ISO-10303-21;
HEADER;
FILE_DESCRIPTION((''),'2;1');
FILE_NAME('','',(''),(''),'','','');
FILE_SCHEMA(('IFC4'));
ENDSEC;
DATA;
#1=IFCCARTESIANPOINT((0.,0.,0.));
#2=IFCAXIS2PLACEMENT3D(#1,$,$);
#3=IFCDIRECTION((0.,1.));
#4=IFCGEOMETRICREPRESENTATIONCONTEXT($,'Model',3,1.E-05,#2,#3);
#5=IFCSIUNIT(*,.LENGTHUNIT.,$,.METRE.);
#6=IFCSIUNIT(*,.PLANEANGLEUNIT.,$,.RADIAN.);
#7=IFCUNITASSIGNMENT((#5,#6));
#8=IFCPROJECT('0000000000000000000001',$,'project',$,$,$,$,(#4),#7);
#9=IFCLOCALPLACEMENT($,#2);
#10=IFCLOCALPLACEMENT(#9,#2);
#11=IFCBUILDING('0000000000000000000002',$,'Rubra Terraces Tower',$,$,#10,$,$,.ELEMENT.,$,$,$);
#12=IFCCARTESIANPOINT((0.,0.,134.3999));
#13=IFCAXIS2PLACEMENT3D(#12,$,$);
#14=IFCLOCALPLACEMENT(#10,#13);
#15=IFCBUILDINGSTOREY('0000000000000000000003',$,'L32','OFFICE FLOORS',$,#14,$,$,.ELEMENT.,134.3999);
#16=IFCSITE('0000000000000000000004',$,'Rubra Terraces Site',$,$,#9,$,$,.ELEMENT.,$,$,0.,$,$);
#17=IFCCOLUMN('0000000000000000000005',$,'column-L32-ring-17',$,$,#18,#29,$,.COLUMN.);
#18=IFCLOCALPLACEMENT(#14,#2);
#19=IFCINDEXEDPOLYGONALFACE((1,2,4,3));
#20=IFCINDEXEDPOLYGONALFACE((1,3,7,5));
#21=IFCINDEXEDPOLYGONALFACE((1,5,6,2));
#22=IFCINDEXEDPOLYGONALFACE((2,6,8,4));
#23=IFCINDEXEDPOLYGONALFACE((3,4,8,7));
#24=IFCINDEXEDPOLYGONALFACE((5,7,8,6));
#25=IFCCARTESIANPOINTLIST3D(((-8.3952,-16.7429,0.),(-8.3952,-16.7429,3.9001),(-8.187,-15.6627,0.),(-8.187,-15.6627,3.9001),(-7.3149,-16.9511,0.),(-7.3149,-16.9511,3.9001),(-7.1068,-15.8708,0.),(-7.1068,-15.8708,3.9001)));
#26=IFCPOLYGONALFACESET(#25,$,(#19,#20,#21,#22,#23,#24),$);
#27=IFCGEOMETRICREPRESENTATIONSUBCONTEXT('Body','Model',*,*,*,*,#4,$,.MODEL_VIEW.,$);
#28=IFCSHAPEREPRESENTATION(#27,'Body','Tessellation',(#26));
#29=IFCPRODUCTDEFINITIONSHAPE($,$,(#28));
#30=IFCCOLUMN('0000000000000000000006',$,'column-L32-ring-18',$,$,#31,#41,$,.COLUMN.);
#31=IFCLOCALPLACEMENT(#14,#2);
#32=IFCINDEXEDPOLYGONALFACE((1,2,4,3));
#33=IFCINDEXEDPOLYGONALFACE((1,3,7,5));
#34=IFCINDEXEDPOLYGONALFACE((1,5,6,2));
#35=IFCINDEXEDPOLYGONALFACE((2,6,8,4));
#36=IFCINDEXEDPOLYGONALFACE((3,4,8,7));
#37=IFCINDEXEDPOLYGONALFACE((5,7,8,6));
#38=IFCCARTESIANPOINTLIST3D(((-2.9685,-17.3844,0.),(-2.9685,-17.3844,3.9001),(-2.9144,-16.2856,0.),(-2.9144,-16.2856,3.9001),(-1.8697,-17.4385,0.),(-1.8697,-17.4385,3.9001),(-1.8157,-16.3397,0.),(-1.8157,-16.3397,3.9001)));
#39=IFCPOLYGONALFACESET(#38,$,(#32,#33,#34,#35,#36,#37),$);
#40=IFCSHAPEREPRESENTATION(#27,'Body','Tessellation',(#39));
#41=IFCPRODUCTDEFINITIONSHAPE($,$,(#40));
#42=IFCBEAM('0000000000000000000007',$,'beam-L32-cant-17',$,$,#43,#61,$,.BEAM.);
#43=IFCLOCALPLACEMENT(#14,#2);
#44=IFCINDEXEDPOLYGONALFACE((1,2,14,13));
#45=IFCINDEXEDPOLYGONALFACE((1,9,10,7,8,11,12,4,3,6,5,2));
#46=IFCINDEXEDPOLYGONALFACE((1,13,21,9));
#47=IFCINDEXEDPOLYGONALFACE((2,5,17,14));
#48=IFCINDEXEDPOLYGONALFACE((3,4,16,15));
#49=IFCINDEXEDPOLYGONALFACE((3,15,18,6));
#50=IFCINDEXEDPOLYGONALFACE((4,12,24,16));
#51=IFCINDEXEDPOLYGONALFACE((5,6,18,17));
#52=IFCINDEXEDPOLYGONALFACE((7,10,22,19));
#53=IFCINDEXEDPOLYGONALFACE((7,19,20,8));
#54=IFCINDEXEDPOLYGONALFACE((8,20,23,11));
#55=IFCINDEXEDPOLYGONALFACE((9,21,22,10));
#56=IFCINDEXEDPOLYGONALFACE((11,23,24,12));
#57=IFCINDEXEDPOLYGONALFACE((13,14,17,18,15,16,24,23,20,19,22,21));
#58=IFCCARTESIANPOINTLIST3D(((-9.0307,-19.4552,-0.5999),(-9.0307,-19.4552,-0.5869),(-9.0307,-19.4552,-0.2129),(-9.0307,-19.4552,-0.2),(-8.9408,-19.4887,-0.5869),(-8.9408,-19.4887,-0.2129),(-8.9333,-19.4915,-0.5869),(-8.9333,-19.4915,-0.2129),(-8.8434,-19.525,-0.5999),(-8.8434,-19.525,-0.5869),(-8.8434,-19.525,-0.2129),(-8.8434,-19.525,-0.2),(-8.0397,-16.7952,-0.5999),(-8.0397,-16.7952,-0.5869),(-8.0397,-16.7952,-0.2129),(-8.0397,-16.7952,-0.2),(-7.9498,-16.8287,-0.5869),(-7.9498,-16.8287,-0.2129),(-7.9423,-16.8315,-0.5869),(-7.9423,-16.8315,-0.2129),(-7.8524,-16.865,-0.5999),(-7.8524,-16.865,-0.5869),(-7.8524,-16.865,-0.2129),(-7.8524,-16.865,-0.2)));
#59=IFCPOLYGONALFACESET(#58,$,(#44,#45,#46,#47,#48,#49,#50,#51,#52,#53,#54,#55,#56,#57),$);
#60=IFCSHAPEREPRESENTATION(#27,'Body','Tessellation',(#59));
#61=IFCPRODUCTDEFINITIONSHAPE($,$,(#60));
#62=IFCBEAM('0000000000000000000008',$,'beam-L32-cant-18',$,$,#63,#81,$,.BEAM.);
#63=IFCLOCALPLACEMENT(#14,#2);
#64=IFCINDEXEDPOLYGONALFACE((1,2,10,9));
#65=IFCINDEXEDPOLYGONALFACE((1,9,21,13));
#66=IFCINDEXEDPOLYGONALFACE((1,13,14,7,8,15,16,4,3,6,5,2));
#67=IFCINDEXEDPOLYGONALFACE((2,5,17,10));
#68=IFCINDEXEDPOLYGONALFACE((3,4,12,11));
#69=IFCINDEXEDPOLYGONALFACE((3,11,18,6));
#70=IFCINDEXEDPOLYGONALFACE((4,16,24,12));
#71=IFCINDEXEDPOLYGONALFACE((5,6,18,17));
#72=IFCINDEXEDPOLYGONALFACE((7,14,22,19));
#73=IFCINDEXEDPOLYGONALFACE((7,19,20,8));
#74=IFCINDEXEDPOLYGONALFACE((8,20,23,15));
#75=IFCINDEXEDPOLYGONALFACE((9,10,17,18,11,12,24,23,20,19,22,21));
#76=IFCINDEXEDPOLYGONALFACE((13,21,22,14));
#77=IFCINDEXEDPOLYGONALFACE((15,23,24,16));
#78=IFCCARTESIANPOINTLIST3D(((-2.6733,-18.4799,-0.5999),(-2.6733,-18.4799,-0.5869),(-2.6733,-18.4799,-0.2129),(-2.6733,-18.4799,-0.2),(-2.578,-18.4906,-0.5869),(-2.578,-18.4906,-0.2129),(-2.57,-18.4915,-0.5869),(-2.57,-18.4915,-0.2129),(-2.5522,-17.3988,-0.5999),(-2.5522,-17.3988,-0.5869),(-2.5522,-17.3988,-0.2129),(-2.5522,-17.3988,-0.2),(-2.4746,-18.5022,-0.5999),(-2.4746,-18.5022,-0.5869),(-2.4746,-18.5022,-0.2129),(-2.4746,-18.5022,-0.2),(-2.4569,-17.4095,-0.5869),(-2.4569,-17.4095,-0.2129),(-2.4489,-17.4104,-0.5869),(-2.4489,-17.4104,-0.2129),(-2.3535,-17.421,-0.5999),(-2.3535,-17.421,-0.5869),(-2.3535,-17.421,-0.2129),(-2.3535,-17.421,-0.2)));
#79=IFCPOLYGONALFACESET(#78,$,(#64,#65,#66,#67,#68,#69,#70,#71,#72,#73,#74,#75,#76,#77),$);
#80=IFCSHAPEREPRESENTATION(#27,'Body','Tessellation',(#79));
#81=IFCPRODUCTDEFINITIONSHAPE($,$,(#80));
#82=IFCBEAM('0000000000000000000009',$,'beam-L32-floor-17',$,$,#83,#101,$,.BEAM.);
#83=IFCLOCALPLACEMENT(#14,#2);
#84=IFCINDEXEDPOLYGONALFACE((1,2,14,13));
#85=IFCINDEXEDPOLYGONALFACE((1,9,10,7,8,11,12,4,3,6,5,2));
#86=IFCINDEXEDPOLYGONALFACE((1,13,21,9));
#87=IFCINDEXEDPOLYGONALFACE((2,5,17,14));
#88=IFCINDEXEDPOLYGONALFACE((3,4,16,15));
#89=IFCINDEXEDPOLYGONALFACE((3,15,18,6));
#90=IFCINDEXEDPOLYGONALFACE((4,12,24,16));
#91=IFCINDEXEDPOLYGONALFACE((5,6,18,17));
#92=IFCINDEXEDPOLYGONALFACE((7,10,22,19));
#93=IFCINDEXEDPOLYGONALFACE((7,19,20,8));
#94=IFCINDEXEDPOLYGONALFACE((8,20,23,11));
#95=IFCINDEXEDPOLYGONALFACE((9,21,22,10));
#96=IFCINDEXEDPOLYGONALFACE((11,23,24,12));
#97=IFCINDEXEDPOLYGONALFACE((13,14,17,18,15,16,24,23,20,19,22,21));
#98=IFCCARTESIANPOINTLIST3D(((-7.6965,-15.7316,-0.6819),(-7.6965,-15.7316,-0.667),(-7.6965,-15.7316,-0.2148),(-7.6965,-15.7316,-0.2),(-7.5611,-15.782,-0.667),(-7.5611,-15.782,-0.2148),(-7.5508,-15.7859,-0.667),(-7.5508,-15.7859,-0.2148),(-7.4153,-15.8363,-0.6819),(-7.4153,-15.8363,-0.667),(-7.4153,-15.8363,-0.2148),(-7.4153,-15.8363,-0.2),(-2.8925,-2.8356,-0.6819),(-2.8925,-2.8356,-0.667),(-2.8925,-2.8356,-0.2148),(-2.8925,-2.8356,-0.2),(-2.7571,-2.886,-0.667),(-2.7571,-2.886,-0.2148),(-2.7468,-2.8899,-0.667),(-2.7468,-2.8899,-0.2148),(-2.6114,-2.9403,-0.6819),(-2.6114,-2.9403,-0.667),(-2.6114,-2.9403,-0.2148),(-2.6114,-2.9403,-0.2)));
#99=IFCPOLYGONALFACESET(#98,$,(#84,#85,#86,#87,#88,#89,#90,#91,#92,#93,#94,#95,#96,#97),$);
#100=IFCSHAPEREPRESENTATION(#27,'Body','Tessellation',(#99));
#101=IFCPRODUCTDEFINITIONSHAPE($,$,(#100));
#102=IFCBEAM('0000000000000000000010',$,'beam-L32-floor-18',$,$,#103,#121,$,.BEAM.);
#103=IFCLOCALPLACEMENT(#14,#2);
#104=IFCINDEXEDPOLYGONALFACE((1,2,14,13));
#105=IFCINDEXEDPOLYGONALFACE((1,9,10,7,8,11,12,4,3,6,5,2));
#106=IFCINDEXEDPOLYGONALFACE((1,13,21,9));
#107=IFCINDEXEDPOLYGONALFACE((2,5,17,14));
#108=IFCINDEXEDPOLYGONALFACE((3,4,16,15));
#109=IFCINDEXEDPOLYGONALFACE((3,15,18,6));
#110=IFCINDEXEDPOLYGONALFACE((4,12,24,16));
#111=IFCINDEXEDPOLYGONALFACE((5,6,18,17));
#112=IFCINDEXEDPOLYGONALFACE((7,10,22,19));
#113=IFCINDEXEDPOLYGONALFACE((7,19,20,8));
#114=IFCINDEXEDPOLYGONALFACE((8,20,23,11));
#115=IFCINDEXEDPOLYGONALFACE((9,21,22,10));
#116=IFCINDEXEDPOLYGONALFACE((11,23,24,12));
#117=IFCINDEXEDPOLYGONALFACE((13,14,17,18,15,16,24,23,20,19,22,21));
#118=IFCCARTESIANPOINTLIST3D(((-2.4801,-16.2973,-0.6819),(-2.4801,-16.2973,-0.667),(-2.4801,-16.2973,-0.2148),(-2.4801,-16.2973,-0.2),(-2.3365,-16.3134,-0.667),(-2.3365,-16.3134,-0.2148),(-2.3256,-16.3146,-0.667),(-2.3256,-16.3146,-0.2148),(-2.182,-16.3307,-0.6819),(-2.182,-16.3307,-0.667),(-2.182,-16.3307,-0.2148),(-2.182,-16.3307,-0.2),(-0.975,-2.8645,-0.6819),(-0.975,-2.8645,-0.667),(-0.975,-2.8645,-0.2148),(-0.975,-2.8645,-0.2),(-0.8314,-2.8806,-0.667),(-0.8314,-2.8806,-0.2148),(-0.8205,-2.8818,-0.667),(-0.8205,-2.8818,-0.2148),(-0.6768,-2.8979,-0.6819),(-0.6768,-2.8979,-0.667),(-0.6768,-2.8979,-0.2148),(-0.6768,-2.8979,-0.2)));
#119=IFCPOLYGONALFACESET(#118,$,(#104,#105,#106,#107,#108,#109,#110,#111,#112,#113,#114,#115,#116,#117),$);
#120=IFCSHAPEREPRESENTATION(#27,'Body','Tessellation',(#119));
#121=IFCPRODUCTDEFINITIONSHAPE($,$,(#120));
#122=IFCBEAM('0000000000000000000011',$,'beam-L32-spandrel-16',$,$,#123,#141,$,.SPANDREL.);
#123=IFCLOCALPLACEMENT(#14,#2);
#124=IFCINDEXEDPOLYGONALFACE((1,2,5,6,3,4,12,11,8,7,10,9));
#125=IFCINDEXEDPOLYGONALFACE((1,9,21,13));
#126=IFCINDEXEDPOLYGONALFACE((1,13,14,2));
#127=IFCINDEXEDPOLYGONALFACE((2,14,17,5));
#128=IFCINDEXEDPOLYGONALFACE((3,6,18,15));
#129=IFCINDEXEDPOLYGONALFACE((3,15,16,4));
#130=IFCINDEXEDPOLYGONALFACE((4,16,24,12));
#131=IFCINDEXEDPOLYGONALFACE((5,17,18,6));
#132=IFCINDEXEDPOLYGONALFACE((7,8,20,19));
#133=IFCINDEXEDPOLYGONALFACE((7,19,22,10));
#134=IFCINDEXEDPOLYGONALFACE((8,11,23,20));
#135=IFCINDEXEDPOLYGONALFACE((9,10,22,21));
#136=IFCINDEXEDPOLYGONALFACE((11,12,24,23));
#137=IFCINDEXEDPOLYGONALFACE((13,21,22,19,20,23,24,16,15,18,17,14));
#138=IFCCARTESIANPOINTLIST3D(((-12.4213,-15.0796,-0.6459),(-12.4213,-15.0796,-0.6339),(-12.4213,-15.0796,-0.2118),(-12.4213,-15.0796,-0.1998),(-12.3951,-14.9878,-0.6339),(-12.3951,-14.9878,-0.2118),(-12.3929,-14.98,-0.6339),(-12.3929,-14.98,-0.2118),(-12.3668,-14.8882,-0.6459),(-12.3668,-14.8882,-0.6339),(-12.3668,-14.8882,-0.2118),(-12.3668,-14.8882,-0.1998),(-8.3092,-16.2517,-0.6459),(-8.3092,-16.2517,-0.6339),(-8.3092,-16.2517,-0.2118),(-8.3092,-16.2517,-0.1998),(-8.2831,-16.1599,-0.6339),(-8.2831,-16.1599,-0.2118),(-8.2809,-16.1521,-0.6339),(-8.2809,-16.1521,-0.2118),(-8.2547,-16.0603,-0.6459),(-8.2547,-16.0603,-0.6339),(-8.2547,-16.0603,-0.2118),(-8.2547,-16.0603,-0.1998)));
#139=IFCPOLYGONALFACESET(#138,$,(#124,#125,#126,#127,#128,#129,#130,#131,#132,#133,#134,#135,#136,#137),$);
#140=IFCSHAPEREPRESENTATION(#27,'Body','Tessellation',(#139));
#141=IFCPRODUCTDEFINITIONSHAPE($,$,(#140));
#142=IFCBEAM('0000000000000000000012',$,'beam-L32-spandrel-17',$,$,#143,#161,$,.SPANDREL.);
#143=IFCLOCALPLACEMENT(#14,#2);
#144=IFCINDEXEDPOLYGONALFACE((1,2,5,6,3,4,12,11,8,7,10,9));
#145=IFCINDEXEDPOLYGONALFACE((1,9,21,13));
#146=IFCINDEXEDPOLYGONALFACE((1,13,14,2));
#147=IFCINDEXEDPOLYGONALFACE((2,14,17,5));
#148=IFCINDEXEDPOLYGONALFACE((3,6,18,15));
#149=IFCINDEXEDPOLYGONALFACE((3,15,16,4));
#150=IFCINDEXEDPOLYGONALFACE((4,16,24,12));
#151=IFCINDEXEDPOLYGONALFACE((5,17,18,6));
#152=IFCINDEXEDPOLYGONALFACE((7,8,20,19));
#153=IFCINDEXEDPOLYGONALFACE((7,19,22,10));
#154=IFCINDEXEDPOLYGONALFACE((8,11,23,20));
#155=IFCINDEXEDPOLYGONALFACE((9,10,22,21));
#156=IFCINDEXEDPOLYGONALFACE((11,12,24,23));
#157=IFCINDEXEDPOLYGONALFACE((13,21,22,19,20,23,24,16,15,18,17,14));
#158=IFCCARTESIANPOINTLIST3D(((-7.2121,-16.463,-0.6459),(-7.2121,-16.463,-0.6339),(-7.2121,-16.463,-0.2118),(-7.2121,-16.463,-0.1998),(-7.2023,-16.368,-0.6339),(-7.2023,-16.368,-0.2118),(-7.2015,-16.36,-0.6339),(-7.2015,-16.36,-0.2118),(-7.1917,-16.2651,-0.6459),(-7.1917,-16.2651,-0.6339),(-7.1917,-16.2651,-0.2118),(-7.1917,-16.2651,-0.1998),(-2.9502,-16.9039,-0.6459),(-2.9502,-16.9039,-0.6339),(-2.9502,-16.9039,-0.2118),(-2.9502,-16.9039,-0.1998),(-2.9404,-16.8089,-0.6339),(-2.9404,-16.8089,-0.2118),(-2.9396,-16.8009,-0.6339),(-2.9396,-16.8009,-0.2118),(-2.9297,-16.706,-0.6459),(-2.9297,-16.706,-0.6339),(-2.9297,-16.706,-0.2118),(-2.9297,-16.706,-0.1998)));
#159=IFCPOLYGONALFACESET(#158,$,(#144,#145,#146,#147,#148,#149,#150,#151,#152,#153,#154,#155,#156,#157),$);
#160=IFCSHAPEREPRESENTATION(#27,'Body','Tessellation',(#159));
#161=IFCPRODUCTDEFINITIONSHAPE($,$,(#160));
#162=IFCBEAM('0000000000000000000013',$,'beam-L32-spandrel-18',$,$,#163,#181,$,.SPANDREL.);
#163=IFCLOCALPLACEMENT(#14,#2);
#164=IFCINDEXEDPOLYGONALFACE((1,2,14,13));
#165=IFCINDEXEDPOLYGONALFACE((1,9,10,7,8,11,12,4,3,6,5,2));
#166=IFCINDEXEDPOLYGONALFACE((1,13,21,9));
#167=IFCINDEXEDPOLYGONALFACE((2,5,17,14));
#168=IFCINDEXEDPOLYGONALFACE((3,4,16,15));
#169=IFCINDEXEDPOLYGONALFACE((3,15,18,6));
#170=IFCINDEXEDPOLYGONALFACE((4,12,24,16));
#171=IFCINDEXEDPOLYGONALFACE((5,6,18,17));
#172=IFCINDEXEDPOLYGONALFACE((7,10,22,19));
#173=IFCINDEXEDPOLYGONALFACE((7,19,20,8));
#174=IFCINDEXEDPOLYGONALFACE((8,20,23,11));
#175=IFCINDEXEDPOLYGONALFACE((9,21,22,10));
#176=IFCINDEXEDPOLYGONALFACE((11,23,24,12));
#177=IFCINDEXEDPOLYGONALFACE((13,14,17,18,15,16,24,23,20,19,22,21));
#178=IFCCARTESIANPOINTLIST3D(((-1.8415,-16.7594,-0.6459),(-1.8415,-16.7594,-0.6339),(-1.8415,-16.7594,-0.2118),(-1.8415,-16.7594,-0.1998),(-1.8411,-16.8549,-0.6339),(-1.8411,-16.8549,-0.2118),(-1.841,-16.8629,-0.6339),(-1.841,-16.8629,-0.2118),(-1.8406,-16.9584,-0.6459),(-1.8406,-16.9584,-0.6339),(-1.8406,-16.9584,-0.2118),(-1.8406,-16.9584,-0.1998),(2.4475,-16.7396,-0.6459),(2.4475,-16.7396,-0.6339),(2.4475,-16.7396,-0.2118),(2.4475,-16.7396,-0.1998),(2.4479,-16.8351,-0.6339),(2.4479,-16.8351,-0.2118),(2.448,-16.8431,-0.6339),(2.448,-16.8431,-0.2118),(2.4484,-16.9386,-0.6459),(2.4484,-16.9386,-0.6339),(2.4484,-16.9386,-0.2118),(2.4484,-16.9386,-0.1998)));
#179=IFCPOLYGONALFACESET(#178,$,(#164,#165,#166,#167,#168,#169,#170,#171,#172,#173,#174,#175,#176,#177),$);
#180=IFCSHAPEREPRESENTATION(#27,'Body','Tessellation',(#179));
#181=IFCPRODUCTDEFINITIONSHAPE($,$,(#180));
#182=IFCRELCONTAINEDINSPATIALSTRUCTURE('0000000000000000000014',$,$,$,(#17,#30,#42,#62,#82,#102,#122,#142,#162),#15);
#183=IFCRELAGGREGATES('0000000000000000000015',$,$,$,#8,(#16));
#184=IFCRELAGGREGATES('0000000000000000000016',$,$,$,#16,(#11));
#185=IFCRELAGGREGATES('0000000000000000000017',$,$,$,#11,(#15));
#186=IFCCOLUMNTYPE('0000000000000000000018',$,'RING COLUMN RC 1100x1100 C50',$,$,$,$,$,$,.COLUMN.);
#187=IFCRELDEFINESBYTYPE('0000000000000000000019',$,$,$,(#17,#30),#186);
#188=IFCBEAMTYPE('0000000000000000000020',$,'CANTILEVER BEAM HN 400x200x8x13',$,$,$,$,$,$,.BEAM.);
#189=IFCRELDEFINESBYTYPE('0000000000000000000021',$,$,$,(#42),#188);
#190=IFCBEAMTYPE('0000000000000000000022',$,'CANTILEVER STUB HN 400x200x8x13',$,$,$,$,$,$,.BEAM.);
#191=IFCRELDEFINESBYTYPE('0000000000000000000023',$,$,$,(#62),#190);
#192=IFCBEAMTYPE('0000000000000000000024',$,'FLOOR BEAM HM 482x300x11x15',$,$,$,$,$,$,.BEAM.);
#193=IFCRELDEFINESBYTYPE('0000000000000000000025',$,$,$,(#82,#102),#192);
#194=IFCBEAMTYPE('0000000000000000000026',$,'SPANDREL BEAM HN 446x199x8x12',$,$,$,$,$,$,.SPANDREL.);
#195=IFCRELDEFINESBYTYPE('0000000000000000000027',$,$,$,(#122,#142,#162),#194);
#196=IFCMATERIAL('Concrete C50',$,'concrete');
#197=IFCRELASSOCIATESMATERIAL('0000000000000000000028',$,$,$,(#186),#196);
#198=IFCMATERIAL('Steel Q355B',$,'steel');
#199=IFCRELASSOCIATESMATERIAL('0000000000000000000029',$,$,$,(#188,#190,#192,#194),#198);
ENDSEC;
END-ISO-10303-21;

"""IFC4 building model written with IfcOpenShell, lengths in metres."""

from ifc_helpers import new_model, si_unit, direction, frame, origin, origin_2d, place, context, subcontext, project, spatial, rectangle, i_section, extrude, material, material_profile, profile_set, type_object, element, save


model = new_model("IFC4")

# Units and contexts
model_context = context("Model", 3, precision=1e-05, world=origin(), true_north=direction((0.0, 1.0)))
body_context = subcontext(model_context, "Body", "Model", "MODEL_VIEW")
ifc_project = project(units=[si_unit("LENGTHUNIT", "METRE"), si_unit("PLANEANGLEUNIT", "RADIAN")], contexts=[model_context])

# Site, building, storey
site_placement = place(None, origin())
site = spatial("IfcSite", under=ifc_project, at=site_placement, Name="Rubra Terraces Site", CompositionType="ELEMENT", RefElevation=0.0)
building_placement = place(site_placement, origin())
building = spatial("IfcBuilding", under=site, at=building_placement, Name="Rubra Terraces Tower", CompositionType="ELEMENT")
storey_placement = place(building_placement, frame((0.0, 0.0, 134.3999)))
storey = spatial("IfcBuildingStorey", under=building, at=storey_placement, Name="L32", Description="OFFICE FLOORS", CompositionType="ELEMENT", Elevation=134.3999)

# Columns
ifc_material_1 = material(Name="Concrete C50", Category="concrete")
ifc_material_profile_1 = material_profile(ifc_material_1, rectangle(XDim=1.1001, YDim=1.1001, at=origin_2d()), Name="RC 1100x1100")
ifc_profile_set_1 = profile_set([ifc_material_profile_1], Name="Concrete C50")
column_type = type_object("IfcColumnType", Name="RING COLUMN RC 1100x1100 C50", PredefinedType="COLUMN", material=ifc_profile_set_1)
for number, where, z_axis, x_axis, name in (
    (1, (-7.751, -16.3069, 0.0), (0.0, 0.0, 1.0), (0.981937, -0.18921, 0.0), "column-L32-ring-17"),
    (2, (-2.3921, -16.8621, 0.0), (0.0, 0.0, 1.0), (0.998791, -0.04915, 0.0), "column-L32-ring-18"),
):
    element("IfcColumn", number, at=place(storey_placement, frame(where, z_axis=z_axis, x_axis=x_axis)), inside=storey, type_object=column_type, Name=name, PredefinedType="COLUMN", context=body_context, shape_type="SweptSolid", body=[
        extrude(rectangle(XDim=1.1001, YDim=1.1001, at=origin_2d()), origin(), (0.0, 0.0, 1.0), 3.9001),
    ])

# Beams
ifc_material_2 = material(Name="Steel Q355B", Category="steel")
ifc_material_profile_2 = material_profile(ifc_material_2, i_section(OverallWidth=0.2, OverallDepth=0.3999, WebThickness=0.0081, FlangeThickness=0.0129, at=origin_2d()), Name="HN 400x200x8x13")
ifc_profile_set_2 = profile_set([ifc_material_profile_2], Name="Steel Q355B")
beam_type_1 = type_object("IfcBeamType", Name="CANTILEVER BEAM HN 400x200x8x13", PredefinedType="BEAM", material=ifc_profile_set_2)
beam_1_placement = place(storey_placement, frame((-7.946, -16.8301, -0.3999), z_axis=(-0.349115, -0.93708, 0.0), x_axis=(0.93708, -0.349115, 0.0)))
element("IfcBeam", 3, at=beam_1_placement, inside=storey, type_object=beam_type_1, Name="beam-L32-cant-17", PredefinedType="BEAM", context=body_context, shape_type="SweptSolid", body=[
    extrude(i_section(OverallWidth=0.2, OverallDepth=0.3999, WebThickness=0.0081, FlangeThickness=0.0129, at=origin_2d()), origin(), (0.0, 0.0, 1.0), 2.8386),
])
ifc_material_profile_3 = material_profile(ifc_material_2, i_section(OverallWidth=0.2, OverallDepth=0.3999, WebThickness=0.0081, FlangeThickness=0.0129, at=origin_2d()), Name="HN 400x200x8x13")
ifc_profile_set_3 = profile_set([ifc_material_profile_3], Name="Steel Q355B")
beam_type_2 = type_object("IfcBeamType", Name="CANTILEVER STUB HN 400x200x8x13", PredefinedType="BEAM", material=ifc_profile_set_3)
beam_2_placement = place(storey_placement, frame((-2.4529, -17.4099, -0.3999), z_axis=(-0.111318, -0.993785, 0.0), x_axis=(0.993785, -0.111318, 0.0)))
element("IfcBeam", 4, at=beam_2_placement, inside=storey, type_object=beam_type_2, Name="beam-L32-cant-18", PredefinedType="BEAM", context=body_context, shape_type="SweptSolid", body=[
    extrude(i_section(OverallWidth=0.2, OverallDepth=0.3999, WebThickness=0.0081, FlangeThickness=0.0129, at=origin_2d()), origin(), (0.0, 0.0, 1.0), 1.0879),
])
ifc_material_profile_4 = material_profile(ifc_material_2, i_section(OverallWidth=0.3, OverallDepth=0.4819, WebThickness=0.011, FlangeThickness=0.0149, at=origin_2d()), Name="HM 482x300x11x15")
ifc_profile_set_4 = profile_set([ifc_material_profile_4], Name="Steel Q355B")
beam_type_3 = type_object("IfcBeamType", Name="FLOOR BEAM HM 482x300x11x15", PredefinedType="BEAM", material=ifc_profile_set_4)
beam_3_placement = place(storey_placement, frame((-7.5559, -15.7839, -0.4409), z_axis=(0.349081, 0.937092, 0.0), x_axis=(-0.937092, 0.349081, 0.0)))
element("IfcBeam", 5, at=beam_3_placement, inside=storey, type_object=beam_type_3, Name="beam-L32-floor-17", PredefinedType="BEAM", context=body_context, shape_type="SweptSolid", body=[
    extrude(i_section(OverallWidth=0.3, OverallDepth=0.4819, WebThickness=0.011, FlangeThickness=0.0149, at=origin_2d()), origin(), (0.0, 0.0, 1.0), 13.7617),
])
beam_4_placement = place(storey_placement, frame((-2.3311, -16.314, -0.4409), z_axis=(0.111351, 0.993781, 0.0), x_axis=(-0.993781, 0.111351, 0.0)))
element("IfcBeam", 6, at=beam_4_placement, inside=storey, type_object=beam_type_3, Name="beam-L32-floor-18", PredefinedType="BEAM", context=body_context, shape_type="SweptSolid", body=[
    extrude(i_section(OverallWidth=0.3, OverallDepth=0.4819, WebThickness=0.011, FlangeThickness=0.0149, at=origin_2d()), origin(), (0.0, 0.0, 1.0), 13.5168),
])
ifc_material_profile_5 = material_profile(ifc_material_2, i_section(OverallWidth=0.199, OverallDepth=0.446, WebThickness=0.0081, FlangeThickness=0.012, at=origin_2d()), Name="HN 446x199x8x12")
ifc_profile_set_5 = profile_set([ifc_material_profile_5], Name="Steel Q355B")
beam_type_4 = type_object("IfcBeamType", Name="SPANDREL BEAM HN 446x199x8x12", PredefinedType="SPANDREL", material=ifc_profile_set_5)
beam_5_placement = place(storey_placement, frame((-12.394, -14.9839, -0.4229), z_axis=(0.961694, -0.274125, 0.0), x_axis=(0.274125, 0.961694, 0.0)))
element("IfcBeam", 7, at=beam_5_placement, inside=storey, type_object=beam_type_4, Name="beam-L32-spandrel-16", PredefinedType="SPANDREL", context=body_context, shape_type="SweptSolid", body=[
    extrude(i_section(OverallWidth=0.199, OverallDepth=0.446, WebThickness=0.0081, FlangeThickness=0.012, at=origin_2d()), origin(), (0.0, 0.0, 1.0), 4.2759),
])
beam_6_placement = place(storey_placement, frame((-7.2019, -16.364, -0.4229), z_axis=(0.994691, -0.102905, 0.0), x_axis=(0.102905, 0.994691, 0.0)))
element("IfcBeam", 8, at=beam_6_placement, inside=storey, type_object=beam_type_4, Name="beam-L32-spandrel-17", PredefinedType="SPANDREL", context=body_context, shape_type="SweptSolid", body=[
    extrude(i_section(OverallWidth=0.199, OverallDepth=0.446, WebThickness=0.0081, FlangeThickness=0.012, at=origin_2d()), origin(), (0.0, 0.0, 1.0), 4.2847),
])
beam_7_placement = place(storey_placement, frame((-1.8411, -16.8589, -0.4229), z_axis=(0.999989, 0.004611, 0.0), x_axis=(-0.004611, 0.999989, 0.0)))
element("IfcBeam", 9, at=beam_7_placement, inside=storey, type_object=beam_type_4, Name="beam-L32-spandrel-18", PredefinedType="SPANDREL", context=body_context, shape_type="SweptSolid", body=[
    extrude(i_section(OverallWidth=0.199, OverallDepth=0.446, WebThickness=0.0081, FlangeThickness=0.012, at=origin_2d()), origin(), (0.0, 0.0, 1.0), 4.2891),
])

save(model, "model.ifc")
